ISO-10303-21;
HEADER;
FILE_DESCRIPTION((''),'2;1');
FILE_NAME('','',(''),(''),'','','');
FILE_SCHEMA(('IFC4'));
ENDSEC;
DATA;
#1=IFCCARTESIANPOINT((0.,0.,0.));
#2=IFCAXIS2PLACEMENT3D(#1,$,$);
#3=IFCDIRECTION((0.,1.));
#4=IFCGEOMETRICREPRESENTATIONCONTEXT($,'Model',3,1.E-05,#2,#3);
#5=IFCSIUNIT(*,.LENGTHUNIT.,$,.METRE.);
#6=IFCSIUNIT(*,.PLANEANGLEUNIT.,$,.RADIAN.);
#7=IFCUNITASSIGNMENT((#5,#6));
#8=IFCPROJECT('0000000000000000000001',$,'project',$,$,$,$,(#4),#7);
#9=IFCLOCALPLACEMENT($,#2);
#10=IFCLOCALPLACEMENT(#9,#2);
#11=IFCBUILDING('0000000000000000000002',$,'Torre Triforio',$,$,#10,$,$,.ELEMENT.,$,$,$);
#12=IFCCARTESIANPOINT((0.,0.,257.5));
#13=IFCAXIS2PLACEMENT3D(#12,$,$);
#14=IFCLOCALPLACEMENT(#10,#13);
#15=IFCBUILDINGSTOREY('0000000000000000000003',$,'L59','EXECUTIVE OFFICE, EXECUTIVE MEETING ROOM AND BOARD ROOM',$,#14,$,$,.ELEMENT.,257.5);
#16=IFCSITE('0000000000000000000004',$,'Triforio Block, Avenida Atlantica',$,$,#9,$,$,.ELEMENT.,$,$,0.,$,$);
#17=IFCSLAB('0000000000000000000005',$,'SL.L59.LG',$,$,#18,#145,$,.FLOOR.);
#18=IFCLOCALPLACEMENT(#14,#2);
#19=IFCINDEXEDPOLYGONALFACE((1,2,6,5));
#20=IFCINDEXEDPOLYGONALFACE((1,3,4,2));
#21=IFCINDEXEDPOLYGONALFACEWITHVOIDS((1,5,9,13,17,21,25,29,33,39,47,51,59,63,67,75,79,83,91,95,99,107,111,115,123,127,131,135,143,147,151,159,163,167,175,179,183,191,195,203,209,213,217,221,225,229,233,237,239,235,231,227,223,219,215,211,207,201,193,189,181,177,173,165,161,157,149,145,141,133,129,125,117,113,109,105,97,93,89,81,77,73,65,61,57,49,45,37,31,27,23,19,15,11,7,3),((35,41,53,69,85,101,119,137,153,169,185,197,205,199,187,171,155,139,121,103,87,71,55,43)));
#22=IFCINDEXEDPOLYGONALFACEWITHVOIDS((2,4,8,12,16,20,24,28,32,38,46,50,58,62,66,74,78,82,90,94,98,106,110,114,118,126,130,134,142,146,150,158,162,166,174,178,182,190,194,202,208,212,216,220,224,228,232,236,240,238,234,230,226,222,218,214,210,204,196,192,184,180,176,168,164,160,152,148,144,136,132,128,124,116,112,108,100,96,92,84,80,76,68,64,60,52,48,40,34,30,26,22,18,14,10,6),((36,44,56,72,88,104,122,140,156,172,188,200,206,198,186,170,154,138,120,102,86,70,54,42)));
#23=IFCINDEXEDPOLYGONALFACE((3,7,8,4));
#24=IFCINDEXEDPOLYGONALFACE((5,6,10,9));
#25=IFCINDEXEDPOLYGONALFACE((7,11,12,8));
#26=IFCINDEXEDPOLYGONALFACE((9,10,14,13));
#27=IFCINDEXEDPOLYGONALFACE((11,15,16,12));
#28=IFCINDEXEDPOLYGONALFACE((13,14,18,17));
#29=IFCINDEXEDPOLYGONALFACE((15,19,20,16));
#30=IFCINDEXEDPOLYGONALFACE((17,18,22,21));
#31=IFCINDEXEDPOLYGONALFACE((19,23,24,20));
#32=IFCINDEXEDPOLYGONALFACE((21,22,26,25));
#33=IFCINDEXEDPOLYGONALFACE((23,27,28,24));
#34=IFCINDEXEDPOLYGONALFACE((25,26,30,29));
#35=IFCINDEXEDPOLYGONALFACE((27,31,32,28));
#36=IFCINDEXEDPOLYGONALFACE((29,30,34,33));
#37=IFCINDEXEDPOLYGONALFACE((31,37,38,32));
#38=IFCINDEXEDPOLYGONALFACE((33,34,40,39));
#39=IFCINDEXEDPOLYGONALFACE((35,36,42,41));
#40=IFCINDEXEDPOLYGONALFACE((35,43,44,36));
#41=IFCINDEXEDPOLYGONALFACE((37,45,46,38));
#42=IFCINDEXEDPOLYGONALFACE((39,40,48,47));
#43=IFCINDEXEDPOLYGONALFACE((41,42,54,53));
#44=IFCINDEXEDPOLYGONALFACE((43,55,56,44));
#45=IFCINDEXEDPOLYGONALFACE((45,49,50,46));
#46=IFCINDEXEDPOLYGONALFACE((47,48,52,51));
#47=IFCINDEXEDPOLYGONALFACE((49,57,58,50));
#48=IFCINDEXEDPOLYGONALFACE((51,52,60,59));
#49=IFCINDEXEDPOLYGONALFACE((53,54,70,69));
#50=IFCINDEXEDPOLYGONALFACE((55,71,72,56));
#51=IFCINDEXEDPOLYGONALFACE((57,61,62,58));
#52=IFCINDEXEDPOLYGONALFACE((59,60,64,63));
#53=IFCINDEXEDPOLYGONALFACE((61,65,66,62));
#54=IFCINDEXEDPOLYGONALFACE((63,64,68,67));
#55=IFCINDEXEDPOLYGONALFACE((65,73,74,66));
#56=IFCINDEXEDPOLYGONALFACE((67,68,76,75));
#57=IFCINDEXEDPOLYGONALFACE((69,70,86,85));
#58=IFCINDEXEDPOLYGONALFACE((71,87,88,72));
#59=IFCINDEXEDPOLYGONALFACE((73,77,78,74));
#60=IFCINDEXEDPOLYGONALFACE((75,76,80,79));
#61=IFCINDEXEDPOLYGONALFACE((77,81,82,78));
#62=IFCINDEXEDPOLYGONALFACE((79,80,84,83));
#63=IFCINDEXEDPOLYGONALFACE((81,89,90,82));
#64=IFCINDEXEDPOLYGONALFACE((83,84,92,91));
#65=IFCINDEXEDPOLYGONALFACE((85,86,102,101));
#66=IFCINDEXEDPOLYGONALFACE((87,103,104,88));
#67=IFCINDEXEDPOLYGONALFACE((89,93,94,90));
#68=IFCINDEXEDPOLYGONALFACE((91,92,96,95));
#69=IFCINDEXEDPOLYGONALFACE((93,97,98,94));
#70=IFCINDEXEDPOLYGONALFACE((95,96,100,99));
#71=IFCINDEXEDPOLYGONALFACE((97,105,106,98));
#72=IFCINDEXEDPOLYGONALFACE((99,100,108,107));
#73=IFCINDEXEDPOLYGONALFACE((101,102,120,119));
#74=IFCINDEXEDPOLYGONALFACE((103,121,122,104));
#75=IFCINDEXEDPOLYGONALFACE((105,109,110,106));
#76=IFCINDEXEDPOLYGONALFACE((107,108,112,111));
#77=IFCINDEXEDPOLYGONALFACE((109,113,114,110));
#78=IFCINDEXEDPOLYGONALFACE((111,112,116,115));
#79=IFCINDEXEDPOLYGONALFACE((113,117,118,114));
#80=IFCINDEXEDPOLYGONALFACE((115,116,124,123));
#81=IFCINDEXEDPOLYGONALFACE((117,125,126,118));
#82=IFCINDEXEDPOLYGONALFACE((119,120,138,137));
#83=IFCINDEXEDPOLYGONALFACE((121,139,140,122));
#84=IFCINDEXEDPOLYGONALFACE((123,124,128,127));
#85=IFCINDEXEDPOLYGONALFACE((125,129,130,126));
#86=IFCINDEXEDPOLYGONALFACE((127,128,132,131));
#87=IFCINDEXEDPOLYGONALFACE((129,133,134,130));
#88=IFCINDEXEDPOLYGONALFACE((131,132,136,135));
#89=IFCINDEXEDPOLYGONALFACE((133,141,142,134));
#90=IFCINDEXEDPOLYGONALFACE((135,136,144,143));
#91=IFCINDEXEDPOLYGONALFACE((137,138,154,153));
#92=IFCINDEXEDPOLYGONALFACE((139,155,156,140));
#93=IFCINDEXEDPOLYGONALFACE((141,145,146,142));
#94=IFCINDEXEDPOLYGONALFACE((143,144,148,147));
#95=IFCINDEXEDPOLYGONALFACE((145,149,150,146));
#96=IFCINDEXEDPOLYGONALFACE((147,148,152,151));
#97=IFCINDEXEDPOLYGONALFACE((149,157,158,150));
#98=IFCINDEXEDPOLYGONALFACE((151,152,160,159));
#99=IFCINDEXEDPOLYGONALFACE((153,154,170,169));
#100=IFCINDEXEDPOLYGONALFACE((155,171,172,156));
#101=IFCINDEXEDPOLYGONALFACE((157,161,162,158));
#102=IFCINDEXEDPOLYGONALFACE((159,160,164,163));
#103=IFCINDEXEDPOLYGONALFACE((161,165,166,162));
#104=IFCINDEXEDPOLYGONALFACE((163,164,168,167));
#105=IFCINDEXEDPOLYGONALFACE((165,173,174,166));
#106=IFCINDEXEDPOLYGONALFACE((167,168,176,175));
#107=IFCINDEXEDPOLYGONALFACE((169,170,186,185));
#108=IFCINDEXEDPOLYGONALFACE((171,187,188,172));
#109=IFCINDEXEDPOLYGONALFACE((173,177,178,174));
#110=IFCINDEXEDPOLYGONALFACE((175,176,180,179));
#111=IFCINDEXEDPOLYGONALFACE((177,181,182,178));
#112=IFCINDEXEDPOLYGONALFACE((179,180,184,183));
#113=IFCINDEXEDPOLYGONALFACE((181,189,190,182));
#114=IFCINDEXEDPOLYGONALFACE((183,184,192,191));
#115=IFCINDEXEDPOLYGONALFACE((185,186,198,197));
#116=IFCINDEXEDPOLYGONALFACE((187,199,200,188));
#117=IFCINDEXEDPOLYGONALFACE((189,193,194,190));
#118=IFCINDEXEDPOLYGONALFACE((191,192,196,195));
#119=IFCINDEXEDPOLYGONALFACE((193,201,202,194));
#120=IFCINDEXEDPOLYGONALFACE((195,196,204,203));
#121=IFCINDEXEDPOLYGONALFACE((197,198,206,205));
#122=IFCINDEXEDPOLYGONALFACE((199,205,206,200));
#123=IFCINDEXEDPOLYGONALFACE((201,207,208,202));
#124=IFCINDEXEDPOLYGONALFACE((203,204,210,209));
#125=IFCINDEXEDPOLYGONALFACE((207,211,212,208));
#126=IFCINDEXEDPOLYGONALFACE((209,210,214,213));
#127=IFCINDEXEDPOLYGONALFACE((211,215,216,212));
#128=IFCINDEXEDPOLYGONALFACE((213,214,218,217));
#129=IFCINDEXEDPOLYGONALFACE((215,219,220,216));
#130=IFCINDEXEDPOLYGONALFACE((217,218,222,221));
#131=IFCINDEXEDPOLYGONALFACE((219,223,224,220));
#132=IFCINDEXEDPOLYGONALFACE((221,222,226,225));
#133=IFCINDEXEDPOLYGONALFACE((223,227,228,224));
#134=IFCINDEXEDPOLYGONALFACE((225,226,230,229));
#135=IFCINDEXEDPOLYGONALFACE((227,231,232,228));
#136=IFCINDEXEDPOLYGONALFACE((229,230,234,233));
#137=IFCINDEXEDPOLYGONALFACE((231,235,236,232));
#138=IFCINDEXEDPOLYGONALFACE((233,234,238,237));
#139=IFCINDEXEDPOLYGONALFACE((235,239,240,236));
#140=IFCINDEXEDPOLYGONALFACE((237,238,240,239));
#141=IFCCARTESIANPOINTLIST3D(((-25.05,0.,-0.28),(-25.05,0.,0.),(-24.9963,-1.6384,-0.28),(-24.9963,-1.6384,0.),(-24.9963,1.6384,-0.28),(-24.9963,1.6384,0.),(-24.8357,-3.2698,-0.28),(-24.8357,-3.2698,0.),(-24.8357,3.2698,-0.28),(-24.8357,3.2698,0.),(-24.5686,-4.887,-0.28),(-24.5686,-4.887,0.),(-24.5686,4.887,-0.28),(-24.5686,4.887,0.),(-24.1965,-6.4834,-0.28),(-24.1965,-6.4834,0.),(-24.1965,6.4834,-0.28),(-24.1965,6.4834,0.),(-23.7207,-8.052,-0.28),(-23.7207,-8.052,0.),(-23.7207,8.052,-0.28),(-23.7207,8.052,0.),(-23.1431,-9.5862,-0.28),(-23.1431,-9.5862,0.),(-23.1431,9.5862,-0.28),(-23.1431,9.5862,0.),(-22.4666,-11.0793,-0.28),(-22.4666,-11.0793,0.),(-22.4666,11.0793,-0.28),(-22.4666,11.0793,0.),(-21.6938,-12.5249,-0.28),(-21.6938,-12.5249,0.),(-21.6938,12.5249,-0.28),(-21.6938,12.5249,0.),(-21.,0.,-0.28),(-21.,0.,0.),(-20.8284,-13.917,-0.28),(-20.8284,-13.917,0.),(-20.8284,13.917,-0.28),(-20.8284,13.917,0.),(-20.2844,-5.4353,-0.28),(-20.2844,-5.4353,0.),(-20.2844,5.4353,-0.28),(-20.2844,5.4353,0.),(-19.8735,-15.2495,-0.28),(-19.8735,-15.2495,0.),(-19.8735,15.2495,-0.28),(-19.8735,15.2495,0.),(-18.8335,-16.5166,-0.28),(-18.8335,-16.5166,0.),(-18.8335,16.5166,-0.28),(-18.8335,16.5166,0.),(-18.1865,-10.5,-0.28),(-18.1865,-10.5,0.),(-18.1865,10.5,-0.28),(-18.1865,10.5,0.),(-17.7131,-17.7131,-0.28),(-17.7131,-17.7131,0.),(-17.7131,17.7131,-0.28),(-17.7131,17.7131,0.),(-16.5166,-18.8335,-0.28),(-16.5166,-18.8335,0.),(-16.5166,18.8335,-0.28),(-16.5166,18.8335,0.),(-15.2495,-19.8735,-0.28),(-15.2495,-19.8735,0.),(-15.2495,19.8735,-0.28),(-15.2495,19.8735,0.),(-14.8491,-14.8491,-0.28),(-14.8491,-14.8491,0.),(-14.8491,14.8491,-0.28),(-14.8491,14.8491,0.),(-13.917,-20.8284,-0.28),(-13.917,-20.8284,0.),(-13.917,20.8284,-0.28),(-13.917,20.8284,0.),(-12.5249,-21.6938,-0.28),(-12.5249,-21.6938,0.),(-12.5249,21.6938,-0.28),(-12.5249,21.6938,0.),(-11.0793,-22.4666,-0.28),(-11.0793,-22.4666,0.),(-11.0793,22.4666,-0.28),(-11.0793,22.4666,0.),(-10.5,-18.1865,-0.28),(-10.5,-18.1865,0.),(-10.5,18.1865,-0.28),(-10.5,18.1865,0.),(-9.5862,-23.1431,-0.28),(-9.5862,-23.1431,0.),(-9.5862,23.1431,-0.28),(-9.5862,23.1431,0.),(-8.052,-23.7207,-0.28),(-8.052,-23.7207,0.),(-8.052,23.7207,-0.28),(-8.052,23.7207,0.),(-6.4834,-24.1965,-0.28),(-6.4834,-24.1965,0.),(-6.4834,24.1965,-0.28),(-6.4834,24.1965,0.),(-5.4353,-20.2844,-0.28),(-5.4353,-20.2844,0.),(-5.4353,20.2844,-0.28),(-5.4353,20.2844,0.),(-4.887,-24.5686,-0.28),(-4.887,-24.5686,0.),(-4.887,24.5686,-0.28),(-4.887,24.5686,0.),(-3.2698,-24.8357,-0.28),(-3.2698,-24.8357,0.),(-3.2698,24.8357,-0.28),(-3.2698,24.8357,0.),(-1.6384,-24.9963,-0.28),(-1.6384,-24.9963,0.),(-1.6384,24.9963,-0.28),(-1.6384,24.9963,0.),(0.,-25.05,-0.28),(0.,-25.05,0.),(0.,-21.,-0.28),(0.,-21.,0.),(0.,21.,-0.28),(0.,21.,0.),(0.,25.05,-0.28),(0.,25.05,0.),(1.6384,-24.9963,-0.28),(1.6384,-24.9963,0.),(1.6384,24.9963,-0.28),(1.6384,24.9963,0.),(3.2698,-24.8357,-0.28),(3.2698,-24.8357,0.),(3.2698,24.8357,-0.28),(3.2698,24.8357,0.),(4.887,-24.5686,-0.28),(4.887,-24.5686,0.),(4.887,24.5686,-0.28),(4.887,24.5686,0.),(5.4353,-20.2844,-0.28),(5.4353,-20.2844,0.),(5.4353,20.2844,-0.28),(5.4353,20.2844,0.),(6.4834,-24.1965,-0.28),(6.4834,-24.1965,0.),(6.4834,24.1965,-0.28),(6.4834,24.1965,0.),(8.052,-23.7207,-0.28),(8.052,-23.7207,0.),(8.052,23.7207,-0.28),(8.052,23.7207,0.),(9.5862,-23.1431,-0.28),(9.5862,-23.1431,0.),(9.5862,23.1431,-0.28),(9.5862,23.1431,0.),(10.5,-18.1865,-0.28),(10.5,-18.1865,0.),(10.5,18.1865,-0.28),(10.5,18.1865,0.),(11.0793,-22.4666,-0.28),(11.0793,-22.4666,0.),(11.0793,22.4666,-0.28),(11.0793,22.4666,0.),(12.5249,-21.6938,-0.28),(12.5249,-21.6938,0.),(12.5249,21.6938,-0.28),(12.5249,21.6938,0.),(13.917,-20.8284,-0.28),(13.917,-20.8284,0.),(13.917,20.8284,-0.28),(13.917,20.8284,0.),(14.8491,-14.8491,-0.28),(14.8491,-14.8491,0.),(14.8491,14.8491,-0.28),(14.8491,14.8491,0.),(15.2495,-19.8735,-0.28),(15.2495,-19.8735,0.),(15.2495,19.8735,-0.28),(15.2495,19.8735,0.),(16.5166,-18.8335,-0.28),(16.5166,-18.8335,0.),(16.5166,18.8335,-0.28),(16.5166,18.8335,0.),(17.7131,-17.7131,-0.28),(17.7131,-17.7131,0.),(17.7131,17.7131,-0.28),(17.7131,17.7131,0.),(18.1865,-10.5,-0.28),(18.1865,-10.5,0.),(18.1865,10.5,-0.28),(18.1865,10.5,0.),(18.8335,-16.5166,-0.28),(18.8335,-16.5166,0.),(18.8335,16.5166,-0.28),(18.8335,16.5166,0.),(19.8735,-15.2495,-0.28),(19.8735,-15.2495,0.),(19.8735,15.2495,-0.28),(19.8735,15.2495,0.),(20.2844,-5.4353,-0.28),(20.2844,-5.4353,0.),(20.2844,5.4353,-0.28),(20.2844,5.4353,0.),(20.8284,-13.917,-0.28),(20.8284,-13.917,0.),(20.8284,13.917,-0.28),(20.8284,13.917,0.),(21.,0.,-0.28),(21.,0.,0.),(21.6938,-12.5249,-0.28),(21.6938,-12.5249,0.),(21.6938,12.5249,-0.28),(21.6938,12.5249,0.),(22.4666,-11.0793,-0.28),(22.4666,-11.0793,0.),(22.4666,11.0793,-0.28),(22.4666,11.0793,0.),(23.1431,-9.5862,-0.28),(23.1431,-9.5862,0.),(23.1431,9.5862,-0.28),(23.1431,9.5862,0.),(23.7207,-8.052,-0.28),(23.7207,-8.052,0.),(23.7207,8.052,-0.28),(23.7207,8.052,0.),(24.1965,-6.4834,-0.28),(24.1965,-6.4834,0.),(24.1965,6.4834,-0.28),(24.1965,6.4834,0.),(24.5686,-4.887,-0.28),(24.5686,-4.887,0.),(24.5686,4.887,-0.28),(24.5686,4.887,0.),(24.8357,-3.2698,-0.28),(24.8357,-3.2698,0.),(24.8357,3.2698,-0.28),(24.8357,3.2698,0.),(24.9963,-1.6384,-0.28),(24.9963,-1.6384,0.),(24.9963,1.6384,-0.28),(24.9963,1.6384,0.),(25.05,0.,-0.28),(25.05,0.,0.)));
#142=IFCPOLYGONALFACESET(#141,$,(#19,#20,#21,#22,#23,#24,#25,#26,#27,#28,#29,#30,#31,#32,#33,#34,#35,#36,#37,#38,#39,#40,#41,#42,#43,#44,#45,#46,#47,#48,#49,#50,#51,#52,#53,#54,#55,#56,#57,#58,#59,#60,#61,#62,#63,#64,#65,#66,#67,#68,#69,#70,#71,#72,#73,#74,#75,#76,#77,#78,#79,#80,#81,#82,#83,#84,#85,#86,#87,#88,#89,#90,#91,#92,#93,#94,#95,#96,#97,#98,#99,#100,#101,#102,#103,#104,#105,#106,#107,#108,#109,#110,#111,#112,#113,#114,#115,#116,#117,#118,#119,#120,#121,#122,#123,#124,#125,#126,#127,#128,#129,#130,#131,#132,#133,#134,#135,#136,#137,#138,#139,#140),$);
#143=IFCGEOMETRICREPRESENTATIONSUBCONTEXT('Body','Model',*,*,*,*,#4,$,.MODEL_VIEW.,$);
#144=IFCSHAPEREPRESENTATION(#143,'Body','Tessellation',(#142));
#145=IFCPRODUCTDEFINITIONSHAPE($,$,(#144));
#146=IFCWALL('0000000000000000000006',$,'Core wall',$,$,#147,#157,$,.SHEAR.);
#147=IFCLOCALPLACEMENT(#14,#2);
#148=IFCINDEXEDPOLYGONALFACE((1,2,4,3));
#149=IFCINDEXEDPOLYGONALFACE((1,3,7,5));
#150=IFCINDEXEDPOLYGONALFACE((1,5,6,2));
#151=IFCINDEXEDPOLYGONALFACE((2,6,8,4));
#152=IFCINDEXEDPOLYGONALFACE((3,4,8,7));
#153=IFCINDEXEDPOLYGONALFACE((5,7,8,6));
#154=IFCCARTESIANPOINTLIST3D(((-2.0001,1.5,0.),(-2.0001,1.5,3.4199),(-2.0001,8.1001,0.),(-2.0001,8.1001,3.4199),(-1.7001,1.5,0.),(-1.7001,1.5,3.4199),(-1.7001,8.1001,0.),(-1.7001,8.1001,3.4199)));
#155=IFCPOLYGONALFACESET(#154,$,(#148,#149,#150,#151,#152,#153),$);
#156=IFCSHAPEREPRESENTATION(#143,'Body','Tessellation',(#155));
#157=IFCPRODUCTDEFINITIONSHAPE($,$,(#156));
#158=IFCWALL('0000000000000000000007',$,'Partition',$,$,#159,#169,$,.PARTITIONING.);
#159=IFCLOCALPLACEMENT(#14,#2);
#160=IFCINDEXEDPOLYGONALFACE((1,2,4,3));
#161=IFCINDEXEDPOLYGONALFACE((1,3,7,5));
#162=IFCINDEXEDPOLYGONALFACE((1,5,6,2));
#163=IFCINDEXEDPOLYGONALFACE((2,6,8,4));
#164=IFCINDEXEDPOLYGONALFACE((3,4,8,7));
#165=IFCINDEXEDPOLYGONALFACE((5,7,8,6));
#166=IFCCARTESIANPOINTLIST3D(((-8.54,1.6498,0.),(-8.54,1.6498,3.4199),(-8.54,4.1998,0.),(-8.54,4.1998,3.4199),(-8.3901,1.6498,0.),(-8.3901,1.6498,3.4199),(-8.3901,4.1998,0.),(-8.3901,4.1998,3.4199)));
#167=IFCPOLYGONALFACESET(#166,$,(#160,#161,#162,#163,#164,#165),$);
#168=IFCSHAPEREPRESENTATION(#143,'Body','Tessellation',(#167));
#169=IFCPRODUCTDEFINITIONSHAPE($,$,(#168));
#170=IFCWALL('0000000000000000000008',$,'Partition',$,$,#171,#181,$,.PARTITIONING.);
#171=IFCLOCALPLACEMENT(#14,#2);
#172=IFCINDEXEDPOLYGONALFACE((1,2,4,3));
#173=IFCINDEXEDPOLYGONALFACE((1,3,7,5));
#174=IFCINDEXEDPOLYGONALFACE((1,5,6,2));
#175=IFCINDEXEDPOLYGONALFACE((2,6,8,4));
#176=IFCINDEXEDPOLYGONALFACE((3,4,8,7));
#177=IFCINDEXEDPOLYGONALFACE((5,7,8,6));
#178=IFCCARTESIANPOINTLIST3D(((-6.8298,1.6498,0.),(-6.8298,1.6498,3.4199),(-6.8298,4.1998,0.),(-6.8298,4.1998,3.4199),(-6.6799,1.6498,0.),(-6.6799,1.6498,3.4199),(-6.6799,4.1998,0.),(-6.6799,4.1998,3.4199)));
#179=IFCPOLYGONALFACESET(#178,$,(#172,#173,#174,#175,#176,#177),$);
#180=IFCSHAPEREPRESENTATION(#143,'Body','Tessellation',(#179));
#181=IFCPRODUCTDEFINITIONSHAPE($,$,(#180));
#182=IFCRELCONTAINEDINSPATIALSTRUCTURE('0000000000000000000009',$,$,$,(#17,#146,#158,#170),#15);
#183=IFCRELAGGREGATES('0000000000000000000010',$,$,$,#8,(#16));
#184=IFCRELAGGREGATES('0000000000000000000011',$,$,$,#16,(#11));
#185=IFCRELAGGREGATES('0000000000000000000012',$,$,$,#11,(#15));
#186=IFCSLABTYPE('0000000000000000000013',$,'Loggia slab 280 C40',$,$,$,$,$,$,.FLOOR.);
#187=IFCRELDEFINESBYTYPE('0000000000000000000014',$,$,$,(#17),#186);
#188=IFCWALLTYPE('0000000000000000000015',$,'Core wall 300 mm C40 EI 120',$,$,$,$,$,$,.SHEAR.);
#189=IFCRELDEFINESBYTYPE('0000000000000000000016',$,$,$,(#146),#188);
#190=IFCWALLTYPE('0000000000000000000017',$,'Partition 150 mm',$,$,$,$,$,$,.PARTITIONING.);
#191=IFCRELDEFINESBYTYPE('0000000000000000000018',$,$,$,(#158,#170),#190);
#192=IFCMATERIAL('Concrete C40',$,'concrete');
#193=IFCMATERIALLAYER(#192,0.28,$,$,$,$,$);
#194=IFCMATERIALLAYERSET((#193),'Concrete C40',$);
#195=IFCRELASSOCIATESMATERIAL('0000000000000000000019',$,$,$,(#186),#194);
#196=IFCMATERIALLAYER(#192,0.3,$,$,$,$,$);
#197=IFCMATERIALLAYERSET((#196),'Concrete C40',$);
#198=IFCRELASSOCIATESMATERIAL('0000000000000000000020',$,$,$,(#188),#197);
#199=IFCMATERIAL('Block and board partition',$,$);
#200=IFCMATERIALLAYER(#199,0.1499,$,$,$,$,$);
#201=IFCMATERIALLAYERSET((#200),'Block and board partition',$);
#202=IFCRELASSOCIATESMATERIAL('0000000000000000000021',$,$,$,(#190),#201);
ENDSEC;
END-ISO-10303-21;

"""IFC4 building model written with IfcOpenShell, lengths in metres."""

from ifc_helpers import new_model, si_unit, direction, frame, frame_2d, origin, place, context, subcontext, project, spatial, polyline, rectangle, outline, extrude, material, layer, layer_set, type_object, element, save


model = new_model("IFC4")

# Units and contexts
model_context = context("Model", 3, precision=1e-05, world=origin(), true_north=direction((0.0, 1.0)))
body_context = subcontext(model_context, "Body", "Model", "MODEL_VIEW")
ifc_project = project(units=[si_unit("LENGTHUNIT", "METRE"), si_unit("PLANEANGLEUNIT", "RADIAN")], contexts=[model_context])

# Site, building, storey
site_placement = place(None, origin())
site = spatial("IfcSite", under=ifc_project, at=site_placement, Name="Triforio Block, Avenida Atlantica", CompositionType="ELEMENT", RefElevation=0.0)
building_placement = place(site_placement, origin())
building = spatial("IfcBuilding", under=site, at=building_placement, Name="Torre Triforio", CompositionType="ELEMENT")
storey_placement = place(building_placement, frame((0.0, 0.0, 257.5)))
storey = spatial("IfcBuildingStorey", under=building, at=storey_placement, Name="L59", Description="EXECUTIVE OFFICE, EXECUTIVE MEETING ROOM AND BOARD ROOM", CompositionType="ELEMENT", Elevation=257.5)

# Slab
ifc_material_1 = material(Name="Concrete C40", Category="concrete")
ifc_layer_1 = layer(ifc_material_1, 0.28)
ifc_layer_set_1 = layer_set([ifc_layer_1], Name="Concrete C40")
slab_type_1 = type_object("IfcSlabType", Name="Loggia slab 280 C40", PredefinedType="FLOOR", material=ifc_layer_set_1)
slab_1_placement = place(storey_placement, frame((0.0, 0.0, -0.28)))
element("IfcSlab", 1, at=slab_1_placement, inside=storey, type_object=slab_type_1, Name="SL.L59.LG", PredefinedType="FLOOR", context=body_context, shape_type="SweptSolid", body=[
    extrude(outline(polyline([(24.9963, -1.6384), (25.05, 0.0), (24.9963, 1.6384), (24.8357, 3.2698), (24.5686, 4.887), (24.1965, 6.4834), (23.7207, 8.052), (23.1431, 9.5862), (22.4666, 11.0793), (21.6938, 12.5249), (20.8284, 13.917), (19.8735, 15.2495), (18.8335, 16.5166), (17.7131, 17.7131), (16.5166, 18.8335), (15.2495, 19.8735), (13.917, 20.8284), (12.5249, 21.6938), (11.0793, 22.4666), (9.5862, 23.1431), (8.052, 23.7207), (6.4834, 24.1965), (4.887, 24.5686), (3.2698, 24.8357), (1.6384, 24.9963), (0.0, 25.05), (-1.6384, 24.9963), (-3.2698, 24.8357), (-4.887, 24.5686), (-6.4834, 24.1965), (-8.052, 23.7207), (-9.5862, 23.1431), (-11.0793, 22.4666), (-12.5249, 21.6938), (-13.917, 20.8284), (-15.2495, 19.8735), (-16.5166, 18.8335), (-17.7131, 17.7131), (-18.8335, 16.5166), (-19.8735, 15.2495), (-20.8284, 13.917), (-21.6938, 12.5249), (-22.4666, 11.0793), (-23.1431, 9.5862), (-23.7207, 8.052), (-24.1965, 6.4834), (-24.5686, 4.887), (-24.8357, 3.2698), (-24.9963, 1.6384), (-25.05, 0.0), (-24.9963, -1.6384), (-24.8357, -3.2698), (-24.5686, -4.887), (-24.1965, -6.4834), (-23.7207, -8.052), (-23.1431, -9.5862), (-22.4666, -11.0793), (-21.6938, -12.5249), (-20.8284, -13.917), (-19.8735, -15.2495), (-18.8335, -16.5166), (-17.7131, -17.7131), (-16.5166, -18.8335), (-15.2495, -19.8735), (-13.917, -20.8284), (-12.5249, -21.6938), (-11.0793, -22.4666), (-9.5862, -23.1431), (-8.052, -23.7207), (-6.4834, -24.1965), (-4.887, -24.5686), (-3.2698, -24.8357), (-1.6384, -24.9963), (0.0, -25.05), (1.6384, -24.9963), (3.2698, -24.8357), (4.887, -24.5686), (6.4834, -24.1965), (8.052, -23.7207), (9.5862, -23.1431), (11.0793, -22.4666), (12.5249, -21.6938), (13.917, -20.8284), (15.2495, -19.8735), (16.5166, -18.8335), (17.7131, -17.7131), (18.8335, -16.5166), (19.8735, -15.2495), (20.8284, -13.917), (21.6938, -12.5249), (22.4666, -11.0793), (23.1431, -9.5862), (23.7207, -8.052), (24.1965, -6.4834), (24.5686, -4.887), (24.8357, -3.2698), (24.9963, -1.6384)]), holes=[polyline([(20.2844, 5.4353), (21.0, 0.0), (20.2844, -5.4353), (18.1865, -10.5), (14.8491, -14.8491), (10.5, -18.1865), (5.4353, -20.2844), (0.0, -21.0), (-5.4353, -20.2844), (-10.5, -18.1865), (-14.8491, -14.8491), (-18.1865, -10.5), (-20.2844, -5.4353), (-21.0, 0.0), (-20.2844, 5.4353), (-18.1865, 10.5), (-14.8491, 14.8491), (-10.5, 18.1865), (-5.4353, 20.2844), (0.0, 21.0), (5.4353, 20.2844), (10.5, 18.1865), (14.8491, 14.8491), (18.1865, 10.5), (20.2844, 5.4353)])]), origin(), (0.0, 0.0, 1.0), 0.28),
])

# Walls
ifc_layer_2 = layer(ifc_material_1, 0.3)
ifc_layer_set_2 = layer_set([ifc_layer_2], Name="Concrete C40")
wall_type_1 = type_object("IfcWallType", Name="Core wall 300 mm C40 EI 120", PredefinedType="SHEAR", material=ifc_layer_set_2)
wall_1_placement = place(storey_placement, frame((-1.8501, 1.5, 0.0), z_axis=(0.0, 0.0, 1.0), x_axis=(0.0, 1.0, 0.0)))
element("IfcWall", 2, at=wall_1_placement, inside=storey, type_object=wall_type_1, Name="Core wall", PredefinedType="SHEAR", context=body_context, shape_type="SweptSolid", body=[
    extrude(rectangle(XDim=6.6001, YDim=0.3, at=frame_2d((3.3, 0.0))), origin(), (0.0, 0.0, 1.0), 3.4199),
])
ifc_material_2 = material(Name="Block and board partition")
ifc_layer_3 = layer(ifc_material_2, 0.1499)
ifc_layer_set_3 = layer_set([ifc_layer_3], Name="Block and board partition")
wall_type_2 = type_object("IfcWallType", Name="Partition 150 mm", PredefinedType="PARTITIONING", material=ifc_layer_set_3)
for number, where, z_axis, x_axis, name in (
    (3, (-8.4651, 1.6499, 0.0), (0.0, 0.0, 1.0), (0.0, 1.0, 0.0), "Partition"),
    (4, (-6.7549, 1.6499, 0.0), (0.0, 0.0, 1.0), (0.0, 1.0, 0.0), "Partition"),
):
    element("IfcWall", number, at=place(storey_placement, frame(where, z_axis=z_axis, x_axis=x_axis)), inside=storey, type_object=wall_type_2, Name=name, PredefinedType="PARTITIONING", context=body_context, shape_type="SweptSolid", body=[
        extrude(rectangle(XDim=2.55, YDim=0.1499, at=frame_2d((1.2749, 0.0))), origin(), (0.0, 0.0, 1.0), 3.4199),
    ])

save(model, "model.ifc")
